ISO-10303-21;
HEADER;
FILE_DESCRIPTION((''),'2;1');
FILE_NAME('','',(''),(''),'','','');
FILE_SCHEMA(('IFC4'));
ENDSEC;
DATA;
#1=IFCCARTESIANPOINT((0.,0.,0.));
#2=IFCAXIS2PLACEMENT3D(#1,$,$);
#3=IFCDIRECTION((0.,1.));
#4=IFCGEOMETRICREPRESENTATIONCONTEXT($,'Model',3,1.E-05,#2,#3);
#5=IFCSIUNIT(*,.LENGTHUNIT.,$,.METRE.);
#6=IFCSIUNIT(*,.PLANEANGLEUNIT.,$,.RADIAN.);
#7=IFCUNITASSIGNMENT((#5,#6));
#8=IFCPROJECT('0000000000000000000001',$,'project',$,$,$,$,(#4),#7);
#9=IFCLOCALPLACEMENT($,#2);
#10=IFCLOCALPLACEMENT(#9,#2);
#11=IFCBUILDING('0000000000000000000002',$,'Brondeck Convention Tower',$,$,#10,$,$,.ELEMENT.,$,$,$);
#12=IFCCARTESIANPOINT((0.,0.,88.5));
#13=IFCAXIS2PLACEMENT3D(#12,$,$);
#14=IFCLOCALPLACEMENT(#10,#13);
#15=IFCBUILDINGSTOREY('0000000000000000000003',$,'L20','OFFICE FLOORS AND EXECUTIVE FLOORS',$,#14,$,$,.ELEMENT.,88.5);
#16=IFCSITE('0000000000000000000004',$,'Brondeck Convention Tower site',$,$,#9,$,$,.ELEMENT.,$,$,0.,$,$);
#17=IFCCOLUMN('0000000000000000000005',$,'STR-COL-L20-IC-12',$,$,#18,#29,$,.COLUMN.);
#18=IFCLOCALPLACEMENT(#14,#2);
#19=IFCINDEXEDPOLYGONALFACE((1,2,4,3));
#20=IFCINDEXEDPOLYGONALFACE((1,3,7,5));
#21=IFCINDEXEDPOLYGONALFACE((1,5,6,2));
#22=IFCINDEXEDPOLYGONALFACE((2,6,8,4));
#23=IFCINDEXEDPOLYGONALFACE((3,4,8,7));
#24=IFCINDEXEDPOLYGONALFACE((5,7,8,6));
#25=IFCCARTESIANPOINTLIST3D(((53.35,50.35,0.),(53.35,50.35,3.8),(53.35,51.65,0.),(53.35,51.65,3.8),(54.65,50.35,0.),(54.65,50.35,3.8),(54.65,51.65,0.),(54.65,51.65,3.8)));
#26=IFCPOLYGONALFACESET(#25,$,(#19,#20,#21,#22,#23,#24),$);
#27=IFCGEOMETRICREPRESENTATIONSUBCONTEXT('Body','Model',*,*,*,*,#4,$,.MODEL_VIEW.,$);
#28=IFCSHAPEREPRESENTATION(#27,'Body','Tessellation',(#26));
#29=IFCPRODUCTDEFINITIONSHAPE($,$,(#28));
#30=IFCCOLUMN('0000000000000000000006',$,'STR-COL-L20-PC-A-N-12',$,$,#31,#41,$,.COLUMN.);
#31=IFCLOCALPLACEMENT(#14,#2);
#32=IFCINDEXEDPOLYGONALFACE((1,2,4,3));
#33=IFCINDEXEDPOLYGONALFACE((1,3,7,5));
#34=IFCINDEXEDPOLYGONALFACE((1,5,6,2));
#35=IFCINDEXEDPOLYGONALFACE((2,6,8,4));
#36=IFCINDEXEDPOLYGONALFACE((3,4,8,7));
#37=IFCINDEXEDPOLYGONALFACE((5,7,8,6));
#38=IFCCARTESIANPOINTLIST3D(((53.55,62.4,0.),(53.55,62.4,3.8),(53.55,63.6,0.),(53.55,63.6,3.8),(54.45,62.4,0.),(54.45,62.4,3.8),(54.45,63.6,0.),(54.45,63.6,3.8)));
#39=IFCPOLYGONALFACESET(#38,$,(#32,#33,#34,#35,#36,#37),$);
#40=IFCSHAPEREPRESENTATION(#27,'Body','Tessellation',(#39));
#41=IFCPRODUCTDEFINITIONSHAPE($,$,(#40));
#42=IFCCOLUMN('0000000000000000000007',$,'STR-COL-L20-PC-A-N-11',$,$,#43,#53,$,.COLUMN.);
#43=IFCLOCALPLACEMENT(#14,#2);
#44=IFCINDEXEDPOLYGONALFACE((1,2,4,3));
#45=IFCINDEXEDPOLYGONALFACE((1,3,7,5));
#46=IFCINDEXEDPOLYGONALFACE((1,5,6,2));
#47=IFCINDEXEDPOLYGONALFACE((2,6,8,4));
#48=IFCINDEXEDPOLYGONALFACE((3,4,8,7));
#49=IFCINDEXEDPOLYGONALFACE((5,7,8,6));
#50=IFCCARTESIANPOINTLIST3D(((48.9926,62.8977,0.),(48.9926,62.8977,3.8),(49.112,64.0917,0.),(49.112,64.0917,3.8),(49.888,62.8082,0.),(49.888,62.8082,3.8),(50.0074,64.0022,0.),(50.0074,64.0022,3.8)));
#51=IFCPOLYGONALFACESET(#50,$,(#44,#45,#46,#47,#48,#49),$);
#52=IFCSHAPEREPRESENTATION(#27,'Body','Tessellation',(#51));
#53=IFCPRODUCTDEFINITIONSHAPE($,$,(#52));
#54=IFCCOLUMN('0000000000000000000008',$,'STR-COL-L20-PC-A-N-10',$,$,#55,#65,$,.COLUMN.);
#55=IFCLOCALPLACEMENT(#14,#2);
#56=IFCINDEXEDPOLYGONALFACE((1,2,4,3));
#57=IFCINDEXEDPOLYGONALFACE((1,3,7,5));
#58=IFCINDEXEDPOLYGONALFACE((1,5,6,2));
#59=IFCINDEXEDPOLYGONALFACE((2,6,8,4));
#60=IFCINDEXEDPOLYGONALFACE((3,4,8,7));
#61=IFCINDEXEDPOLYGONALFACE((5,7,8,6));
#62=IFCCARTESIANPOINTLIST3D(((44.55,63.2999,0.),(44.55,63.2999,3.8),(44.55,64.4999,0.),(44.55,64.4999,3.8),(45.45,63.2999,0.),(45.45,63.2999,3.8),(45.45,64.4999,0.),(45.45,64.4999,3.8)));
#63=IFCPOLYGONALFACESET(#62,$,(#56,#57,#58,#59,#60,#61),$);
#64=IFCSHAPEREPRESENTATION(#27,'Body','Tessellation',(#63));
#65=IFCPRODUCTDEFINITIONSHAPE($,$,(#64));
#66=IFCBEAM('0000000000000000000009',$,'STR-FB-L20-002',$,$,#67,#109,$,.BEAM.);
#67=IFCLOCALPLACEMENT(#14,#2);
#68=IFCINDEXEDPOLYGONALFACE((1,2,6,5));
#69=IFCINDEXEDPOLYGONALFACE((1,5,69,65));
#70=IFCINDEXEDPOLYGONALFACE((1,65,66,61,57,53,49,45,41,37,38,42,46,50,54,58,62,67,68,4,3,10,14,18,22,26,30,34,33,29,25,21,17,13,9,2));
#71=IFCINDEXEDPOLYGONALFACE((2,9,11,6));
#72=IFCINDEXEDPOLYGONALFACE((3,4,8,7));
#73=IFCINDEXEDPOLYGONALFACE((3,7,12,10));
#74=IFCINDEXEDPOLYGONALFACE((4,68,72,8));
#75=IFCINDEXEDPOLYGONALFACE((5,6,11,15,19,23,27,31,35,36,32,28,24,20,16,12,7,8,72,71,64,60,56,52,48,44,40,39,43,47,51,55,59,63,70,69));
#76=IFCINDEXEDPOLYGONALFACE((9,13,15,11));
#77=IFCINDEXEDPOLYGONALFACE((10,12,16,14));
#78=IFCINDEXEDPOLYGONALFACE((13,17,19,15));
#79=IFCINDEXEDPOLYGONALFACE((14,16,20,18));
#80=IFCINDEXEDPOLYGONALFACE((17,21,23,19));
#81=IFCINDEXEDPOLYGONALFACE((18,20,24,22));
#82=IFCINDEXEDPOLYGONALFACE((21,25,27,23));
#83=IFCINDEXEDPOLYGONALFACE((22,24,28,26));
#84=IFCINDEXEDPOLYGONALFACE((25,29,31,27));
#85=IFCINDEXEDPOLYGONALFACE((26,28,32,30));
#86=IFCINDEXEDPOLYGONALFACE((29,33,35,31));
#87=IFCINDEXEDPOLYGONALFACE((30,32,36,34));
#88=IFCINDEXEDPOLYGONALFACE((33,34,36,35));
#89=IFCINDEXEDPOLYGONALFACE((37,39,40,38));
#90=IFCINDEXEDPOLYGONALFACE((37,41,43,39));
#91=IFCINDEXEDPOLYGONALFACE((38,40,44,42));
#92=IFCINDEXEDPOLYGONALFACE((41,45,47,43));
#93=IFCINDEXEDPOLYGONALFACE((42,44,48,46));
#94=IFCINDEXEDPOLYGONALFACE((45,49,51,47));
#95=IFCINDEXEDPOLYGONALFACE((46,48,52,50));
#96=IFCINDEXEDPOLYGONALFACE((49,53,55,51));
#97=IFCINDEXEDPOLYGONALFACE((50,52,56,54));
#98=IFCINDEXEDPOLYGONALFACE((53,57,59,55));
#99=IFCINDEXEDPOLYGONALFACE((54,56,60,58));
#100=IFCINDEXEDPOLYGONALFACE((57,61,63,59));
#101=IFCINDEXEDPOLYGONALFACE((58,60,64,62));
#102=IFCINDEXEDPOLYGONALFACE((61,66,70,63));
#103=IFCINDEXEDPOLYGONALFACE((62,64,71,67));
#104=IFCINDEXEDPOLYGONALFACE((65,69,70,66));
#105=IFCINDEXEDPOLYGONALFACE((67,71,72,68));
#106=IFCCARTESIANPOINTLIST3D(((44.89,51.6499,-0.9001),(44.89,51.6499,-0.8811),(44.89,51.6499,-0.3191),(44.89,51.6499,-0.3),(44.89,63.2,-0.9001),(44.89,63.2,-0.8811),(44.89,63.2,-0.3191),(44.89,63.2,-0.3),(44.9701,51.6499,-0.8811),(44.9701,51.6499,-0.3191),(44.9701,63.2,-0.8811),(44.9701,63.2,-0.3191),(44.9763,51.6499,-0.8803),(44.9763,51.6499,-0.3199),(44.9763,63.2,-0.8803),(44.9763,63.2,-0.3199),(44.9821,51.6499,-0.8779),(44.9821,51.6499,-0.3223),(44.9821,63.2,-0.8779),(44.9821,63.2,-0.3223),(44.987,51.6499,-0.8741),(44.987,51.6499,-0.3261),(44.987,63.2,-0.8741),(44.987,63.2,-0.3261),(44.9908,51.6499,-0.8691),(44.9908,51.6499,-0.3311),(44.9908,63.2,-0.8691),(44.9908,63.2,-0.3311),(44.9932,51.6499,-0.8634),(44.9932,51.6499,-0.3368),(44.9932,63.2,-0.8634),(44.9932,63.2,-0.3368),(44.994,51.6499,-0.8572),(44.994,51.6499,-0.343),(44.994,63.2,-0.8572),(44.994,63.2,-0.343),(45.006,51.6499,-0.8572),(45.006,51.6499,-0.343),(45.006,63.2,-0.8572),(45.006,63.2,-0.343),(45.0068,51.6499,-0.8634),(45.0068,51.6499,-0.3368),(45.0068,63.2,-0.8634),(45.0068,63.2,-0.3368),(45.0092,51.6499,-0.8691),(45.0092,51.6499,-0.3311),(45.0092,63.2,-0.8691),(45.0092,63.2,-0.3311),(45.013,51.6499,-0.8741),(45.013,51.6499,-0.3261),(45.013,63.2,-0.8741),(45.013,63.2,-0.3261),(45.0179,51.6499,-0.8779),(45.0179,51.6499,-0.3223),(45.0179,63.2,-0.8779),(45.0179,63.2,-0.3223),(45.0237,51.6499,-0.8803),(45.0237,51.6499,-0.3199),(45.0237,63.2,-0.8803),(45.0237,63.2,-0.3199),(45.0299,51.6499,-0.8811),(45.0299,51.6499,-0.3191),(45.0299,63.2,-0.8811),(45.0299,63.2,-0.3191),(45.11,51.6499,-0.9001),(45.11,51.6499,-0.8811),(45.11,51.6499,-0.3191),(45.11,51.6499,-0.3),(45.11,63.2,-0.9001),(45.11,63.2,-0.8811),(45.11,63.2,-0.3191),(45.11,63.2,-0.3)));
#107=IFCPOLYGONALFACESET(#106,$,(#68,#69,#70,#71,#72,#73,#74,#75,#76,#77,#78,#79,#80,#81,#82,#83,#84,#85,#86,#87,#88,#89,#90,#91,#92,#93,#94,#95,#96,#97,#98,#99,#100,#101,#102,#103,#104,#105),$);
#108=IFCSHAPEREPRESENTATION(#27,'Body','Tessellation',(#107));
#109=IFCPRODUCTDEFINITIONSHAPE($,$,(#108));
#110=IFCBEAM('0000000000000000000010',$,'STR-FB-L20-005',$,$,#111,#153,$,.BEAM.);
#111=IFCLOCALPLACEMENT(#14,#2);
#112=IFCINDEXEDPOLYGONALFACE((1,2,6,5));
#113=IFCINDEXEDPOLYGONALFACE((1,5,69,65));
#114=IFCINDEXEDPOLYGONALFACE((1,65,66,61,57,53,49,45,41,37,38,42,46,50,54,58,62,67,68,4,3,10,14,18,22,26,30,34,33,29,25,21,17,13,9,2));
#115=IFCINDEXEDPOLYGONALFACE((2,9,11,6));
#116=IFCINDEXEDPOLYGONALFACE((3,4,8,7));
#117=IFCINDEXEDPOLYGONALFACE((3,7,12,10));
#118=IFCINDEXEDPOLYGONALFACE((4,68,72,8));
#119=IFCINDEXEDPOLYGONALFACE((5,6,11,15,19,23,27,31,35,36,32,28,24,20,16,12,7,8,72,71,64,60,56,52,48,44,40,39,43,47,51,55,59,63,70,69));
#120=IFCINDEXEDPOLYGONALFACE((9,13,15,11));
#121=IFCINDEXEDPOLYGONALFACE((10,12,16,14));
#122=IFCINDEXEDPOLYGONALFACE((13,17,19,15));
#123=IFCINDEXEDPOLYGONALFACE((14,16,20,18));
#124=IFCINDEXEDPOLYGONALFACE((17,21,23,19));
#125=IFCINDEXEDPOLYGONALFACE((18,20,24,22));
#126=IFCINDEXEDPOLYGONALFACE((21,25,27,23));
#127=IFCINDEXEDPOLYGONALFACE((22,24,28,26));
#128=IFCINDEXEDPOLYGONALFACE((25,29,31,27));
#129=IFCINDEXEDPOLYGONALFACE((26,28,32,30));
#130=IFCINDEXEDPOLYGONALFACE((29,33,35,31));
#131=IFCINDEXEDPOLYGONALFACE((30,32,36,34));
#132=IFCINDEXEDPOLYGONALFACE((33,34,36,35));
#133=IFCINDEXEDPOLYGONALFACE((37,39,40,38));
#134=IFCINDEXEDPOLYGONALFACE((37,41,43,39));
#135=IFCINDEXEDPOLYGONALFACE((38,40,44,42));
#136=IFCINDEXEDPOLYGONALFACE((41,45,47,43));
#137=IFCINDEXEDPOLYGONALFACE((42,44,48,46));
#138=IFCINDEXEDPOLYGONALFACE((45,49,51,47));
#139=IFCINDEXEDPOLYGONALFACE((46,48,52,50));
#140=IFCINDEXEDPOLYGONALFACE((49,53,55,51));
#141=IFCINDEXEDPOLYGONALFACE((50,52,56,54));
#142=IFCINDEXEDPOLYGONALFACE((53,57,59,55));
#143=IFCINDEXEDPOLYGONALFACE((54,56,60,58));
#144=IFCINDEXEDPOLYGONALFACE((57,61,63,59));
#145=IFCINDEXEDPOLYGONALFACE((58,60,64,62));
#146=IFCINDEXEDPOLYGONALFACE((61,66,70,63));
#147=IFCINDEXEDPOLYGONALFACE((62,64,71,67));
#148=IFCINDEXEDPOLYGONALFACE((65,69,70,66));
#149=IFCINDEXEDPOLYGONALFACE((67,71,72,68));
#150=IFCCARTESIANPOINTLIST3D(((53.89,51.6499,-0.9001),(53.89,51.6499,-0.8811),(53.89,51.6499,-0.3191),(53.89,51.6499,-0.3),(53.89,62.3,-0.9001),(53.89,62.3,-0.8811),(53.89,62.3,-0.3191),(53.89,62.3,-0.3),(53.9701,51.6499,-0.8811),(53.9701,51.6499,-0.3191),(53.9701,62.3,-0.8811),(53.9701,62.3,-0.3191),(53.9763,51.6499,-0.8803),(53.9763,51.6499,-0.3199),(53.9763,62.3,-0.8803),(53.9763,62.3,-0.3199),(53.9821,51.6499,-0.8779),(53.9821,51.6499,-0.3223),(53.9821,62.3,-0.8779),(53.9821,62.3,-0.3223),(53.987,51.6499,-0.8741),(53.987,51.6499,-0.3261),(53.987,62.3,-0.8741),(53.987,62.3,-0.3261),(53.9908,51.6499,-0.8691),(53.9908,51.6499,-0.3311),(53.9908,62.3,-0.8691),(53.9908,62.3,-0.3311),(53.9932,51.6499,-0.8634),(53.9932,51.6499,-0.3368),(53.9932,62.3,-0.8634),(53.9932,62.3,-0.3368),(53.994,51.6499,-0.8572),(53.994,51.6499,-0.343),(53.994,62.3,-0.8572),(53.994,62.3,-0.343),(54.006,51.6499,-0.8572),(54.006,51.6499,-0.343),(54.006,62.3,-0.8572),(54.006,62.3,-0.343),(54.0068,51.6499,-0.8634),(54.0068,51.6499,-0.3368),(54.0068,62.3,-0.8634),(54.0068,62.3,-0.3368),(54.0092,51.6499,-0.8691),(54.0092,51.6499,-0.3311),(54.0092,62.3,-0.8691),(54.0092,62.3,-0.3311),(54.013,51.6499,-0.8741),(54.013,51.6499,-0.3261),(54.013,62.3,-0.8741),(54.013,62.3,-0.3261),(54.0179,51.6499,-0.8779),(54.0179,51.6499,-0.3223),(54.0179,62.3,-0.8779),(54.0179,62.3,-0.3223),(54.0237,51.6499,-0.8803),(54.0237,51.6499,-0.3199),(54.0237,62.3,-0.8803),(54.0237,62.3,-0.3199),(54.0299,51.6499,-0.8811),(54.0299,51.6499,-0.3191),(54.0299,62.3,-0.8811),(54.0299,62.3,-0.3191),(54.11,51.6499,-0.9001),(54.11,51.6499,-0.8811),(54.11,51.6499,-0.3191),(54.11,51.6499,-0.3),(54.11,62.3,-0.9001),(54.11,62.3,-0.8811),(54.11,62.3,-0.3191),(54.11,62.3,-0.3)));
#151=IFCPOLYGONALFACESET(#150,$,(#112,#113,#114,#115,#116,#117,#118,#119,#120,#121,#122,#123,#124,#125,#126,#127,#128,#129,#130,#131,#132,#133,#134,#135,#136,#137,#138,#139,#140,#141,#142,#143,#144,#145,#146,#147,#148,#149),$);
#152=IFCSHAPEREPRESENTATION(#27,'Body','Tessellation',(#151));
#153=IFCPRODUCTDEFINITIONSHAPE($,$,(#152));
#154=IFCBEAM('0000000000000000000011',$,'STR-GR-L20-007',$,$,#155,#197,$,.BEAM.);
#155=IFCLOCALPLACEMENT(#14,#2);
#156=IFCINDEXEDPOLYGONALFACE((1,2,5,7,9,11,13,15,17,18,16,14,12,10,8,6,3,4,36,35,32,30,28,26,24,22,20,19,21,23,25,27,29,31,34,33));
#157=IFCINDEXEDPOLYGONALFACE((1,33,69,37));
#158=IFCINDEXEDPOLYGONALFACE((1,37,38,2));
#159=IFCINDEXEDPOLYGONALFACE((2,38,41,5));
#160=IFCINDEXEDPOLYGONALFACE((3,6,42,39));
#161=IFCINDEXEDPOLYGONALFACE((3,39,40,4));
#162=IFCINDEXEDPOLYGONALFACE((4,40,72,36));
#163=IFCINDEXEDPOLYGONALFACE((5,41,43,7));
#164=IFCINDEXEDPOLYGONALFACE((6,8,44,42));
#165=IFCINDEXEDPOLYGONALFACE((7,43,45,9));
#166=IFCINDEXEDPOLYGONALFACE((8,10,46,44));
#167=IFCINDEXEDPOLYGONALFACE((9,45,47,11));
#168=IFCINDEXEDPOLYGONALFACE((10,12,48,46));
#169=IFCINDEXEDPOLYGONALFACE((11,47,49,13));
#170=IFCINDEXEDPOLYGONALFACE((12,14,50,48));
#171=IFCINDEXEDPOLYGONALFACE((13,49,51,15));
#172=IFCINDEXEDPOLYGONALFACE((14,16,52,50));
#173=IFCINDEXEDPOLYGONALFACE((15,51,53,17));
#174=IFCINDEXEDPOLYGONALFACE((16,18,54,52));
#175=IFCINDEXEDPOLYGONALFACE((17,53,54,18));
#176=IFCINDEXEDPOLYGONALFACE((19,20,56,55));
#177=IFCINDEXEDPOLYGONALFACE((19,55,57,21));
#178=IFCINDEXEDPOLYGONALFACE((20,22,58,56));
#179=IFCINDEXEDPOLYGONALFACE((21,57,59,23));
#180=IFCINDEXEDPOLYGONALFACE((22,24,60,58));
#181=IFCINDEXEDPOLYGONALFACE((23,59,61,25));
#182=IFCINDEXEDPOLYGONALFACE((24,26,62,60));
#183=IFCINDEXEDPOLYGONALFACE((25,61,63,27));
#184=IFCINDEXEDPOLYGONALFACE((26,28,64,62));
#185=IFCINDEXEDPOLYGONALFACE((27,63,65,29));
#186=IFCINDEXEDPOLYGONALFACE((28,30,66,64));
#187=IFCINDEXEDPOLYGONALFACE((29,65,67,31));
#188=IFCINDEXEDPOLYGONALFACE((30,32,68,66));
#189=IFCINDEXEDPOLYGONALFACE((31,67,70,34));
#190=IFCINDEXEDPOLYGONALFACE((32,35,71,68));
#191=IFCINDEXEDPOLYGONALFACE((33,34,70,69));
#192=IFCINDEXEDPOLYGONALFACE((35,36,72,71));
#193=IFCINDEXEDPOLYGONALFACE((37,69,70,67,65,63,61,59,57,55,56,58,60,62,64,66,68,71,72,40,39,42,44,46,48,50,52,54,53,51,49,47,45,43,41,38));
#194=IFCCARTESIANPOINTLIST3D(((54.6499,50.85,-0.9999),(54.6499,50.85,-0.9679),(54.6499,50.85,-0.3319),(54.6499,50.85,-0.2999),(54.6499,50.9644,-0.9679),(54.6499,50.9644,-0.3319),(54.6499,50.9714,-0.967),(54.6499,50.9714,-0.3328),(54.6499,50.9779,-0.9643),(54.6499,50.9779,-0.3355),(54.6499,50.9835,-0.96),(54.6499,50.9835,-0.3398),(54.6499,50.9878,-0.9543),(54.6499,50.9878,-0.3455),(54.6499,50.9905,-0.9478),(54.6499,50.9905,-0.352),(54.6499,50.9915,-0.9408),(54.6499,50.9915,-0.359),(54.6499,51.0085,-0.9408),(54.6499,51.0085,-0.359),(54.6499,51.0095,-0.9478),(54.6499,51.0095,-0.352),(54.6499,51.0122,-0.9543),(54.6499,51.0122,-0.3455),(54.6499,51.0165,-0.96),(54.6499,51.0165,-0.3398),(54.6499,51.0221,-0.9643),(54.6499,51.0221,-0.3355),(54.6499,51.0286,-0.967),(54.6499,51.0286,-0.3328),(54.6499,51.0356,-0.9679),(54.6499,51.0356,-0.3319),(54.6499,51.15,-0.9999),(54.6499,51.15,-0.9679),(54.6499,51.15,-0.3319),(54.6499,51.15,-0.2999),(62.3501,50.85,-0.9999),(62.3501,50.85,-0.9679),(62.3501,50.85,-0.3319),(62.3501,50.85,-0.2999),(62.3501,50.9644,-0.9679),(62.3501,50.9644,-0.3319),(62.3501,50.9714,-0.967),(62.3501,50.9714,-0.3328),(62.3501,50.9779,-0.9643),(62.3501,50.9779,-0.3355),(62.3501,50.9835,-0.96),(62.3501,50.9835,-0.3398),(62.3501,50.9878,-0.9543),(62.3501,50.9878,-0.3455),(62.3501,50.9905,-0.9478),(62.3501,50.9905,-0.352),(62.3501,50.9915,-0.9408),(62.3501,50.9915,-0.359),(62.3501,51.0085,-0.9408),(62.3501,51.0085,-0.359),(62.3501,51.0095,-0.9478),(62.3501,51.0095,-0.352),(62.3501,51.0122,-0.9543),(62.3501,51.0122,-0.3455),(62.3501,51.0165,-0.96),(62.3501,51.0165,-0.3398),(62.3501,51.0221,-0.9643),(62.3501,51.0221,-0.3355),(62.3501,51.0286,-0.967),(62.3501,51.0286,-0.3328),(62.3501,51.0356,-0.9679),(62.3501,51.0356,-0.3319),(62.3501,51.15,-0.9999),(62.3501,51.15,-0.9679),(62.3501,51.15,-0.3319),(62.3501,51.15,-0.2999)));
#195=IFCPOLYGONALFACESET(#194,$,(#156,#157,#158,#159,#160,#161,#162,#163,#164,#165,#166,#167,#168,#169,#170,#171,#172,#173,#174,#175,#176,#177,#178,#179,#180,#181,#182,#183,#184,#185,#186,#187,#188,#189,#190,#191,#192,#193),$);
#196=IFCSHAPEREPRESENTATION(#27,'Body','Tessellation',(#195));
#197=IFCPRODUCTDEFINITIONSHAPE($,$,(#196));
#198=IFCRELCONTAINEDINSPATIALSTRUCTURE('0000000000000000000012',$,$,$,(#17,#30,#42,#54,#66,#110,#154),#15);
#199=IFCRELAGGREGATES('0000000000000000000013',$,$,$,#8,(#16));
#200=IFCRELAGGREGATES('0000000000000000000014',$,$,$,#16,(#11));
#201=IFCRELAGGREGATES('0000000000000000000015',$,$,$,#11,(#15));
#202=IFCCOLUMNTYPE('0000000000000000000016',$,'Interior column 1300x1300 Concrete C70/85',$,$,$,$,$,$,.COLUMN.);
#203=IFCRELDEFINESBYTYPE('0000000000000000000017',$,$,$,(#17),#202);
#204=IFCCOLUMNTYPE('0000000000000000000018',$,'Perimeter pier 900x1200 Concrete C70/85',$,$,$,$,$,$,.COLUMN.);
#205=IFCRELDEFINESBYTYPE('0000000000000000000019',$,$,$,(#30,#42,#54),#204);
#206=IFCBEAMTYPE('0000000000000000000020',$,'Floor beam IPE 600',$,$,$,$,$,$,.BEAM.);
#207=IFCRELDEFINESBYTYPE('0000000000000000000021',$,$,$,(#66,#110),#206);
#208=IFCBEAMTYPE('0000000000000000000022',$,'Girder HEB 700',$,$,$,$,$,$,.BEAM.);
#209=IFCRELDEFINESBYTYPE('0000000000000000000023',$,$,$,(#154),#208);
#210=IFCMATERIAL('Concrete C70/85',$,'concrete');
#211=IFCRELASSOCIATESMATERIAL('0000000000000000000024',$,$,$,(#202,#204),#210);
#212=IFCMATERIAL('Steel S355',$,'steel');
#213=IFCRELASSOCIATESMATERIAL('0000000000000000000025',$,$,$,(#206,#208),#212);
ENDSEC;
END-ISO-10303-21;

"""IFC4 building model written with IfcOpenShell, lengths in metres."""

from ifc_helpers import new_model, si_unit, direction, frame, origin, origin_2d, place, context, subcontext, project, spatial, rectangle, i_section, extrude, material, material_profile, profile_set, type_object, element, save


model = new_model("IFC4")

# Units and contexts
model_context = context("Model", 3, precision=1e-05, world=origin(), true_north=direction((0.0, 1.0)))
body_context = subcontext(model_context, "Body", "Model", "MODEL_VIEW")
ifc_project = project(units=[si_unit("LENGTHUNIT", "METRE"), si_unit("PLANEANGLEUNIT", "RADIAN")], contexts=[model_context])

# Site, building, storey
site_placement = place(None, origin())
site = spatial("IfcSite", under=ifc_project, at=site_placement, Name="Brondeck Convention Tower site", CompositionType="ELEMENT", RefElevation=0.0)
building_placement = place(site_placement, origin())
building = spatial("IfcBuilding", under=site, at=building_placement, Name="Brondeck Convention Tower", CompositionType="ELEMENT")
storey_placement = place(building_placement, frame((0.0, 0.0, 88.5)))
storey = spatial("IfcBuildingStorey", under=building, at=storey_placement, Name="L20", Description="OFFICE FLOORS AND EXECUTIVE FLOORS", CompositionType="ELEMENT", Elevation=88.5)

# Columns
ifc_material_1 = material(Name="Concrete C70/85", Category="concrete")
ifc_material_profile_1 = material_profile(ifc_material_1, rectangle(XDim=1.3, YDim=1.3, at=origin_2d()), Name="Interior column 1300x1300 Concrete C70/85")
ifc_profile_set_1 = profile_set([ifc_material_profile_1], Name="Concrete C70/85")
column_type_1 = type_object("IfcColumnType", Name="Interior column 1300x1300 Concrete C70/85", PredefinedType="COLUMN", material=ifc_profile_set_1)
column_placement = place(storey_placement, frame((54.0, 51.0, 0.0), z_axis=(0.0, 0.0, 1.0), x_axis=(1.0, 0.0, 0.0)))
element("IfcColumn", 1, at=column_placement, inside=storey, type_object=column_type_1, Name="STR-COL-L20-IC-12", PredefinedType="COLUMN", context=body_context, shape_type="SweptSolid", body=[
    extrude(rectangle(XDim=1.3, YDim=1.3, at=origin_2d()), origin(), (0.0, 0.0, 1.0), 3.8),
])
ifc_material_profile_2 = material_profile(ifc_material_1, rectangle(XDim=0.8999, YDim=1.2, at=origin_2d()), Name="Perimeter pier 900x1200 Concrete C70/85")
ifc_profile_set_2 = profile_set([ifc_material_profile_2], Name="Concrete C70/85")
column_type_2 = type_object("IfcColumnType", Name="Perimeter pier 900x1200 Concrete C70/85", PredefinedType="COLUMN", material=ifc_profile_set_2)
for number, where, z_axis, x_axis, name in (
    (2, (54.0, 63.0, 0.0), (0.0, 0.0, 1.0), (-1.0, 0.0, 0.0), "STR-COL-L20-PC-A-N-12"),
    (3, (49.5, 63.45, 0.0), (0.0, 0.0, 1.0), (-0.995037, 0.099504, 0.0), "STR-COL-L20-PC-A-N-11"),
    (4, (45.0, 63.8999, 0.0), (0.0, 0.0, 1.0), (-1.0, 0.0, 0.0), "STR-COL-L20-PC-A-N-10"),
):
    element("IfcColumn", number, at=place(storey_placement, frame(where, z_axis=z_axis, x_axis=x_axis)), inside=storey, type_object=column_type_2, Name=name, PredefinedType="COLUMN", context=body_context, shape_type="SweptSolid", body=[
        extrude(rectangle(XDim=0.8999, YDim=1.2, at=origin_2d()), origin(), (0.0, 0.0, 1.0), 3.8),
    ])

# Beams
ifc_material_2 = material(Name="Steel S355", Category="steel")
ifc_material_profile_3 = material_profile(ifc_material_2, i_section(OverallWidth=0.22, OverallDepth=0.6001, WebThickness=0.012, FlangeThickness=0.019, FilletRadius=0.0239, at=origin_2d()), Name="IPE 600")
ifc_profile_set_3 = profile_set([ifc_material_profile_3], Name="Steel S355")
beam_type_1 = type_object("IfcBeamType", Name="Floor beam IPE 600", PredefinedType="BEAM", material=ifc_profile_set_3)
beam_1_placement = place(storey_placement, frame((45.0, 51.6499, -0.6001), z_axis=(0.0, 1.0, 0.0), x_axis=(-1.0, 0.0, 0.0)))
element("IfcBeam", 5, at=beam_1_placement, inside=storey, type_object=beam_type_1, Name="STR-FB-L20-002", PredefinedType="BEAM", context=body_context, shape_type="SweptSolid", body=[
    extrude(i_section(OverallWidth=0.22, OverallDepth=0.6001, WebThickness=0.012, FlangeThickness=0.019, FilletRadius=0.0239, at=origin_2d()), origin(), (0.0, 0.0, 1.0), 11.55),
])
beam_2_placement = place(storey_placement, frame((54.0, 51.6499, -0.6001), z_axis=(0.0, 1.0, 0.0), x_axis=(-1.0, 0.0, 0.0)))
element("IfcBeam", 6, at=beam_2_placement, inside=storey, type_object=beam_type_1, Name="STR-FB-L20-005", PredefinedType="BEAM", context=body_context, shape_type="SweptSolid", body=[
    extrude(i_section(OverallWidth=0.22, OverallDepth=0.6001, WebThickness=0.012, FlangeThickness=0.019, FilletRadius=0.0239, at=origin_2d()), origin(), (0.0, 0.0, 1.0), 10.6501),
])
ifc_material_profile_4 = material_profile(ifc_material_2, i_section(OverallWidth=0.3, OverallDepth=0.7, WebThickness=0.0171, FlangeThickness=0.032, FilletRadius=0.0271, at=origin_2d()), Name="HEB 700")
ifc_profile_set_4 = profile_set([ifc_material_profile_4], Name="Steel S355")
beam_type_2 = type_object("IfcBeamType", Name="Girder HEB 700", PredefinedType="BEAM", material=ifc_profile_set_4)
beam_3_placement = place(storey_placement, frame((54.6499, 51.0, -0.6499), z_axis=(1.0, 0.0, 0.0), x_axis=(0.0, 1.0, 0.0)))
element("IfcBeam", 7, at=beam_3_placement, inside=storey, type_object=beam_type_2, Name="STR-GR-L20-007", PredefinedType="BEAM", context=body_context, shape_type="SweptSolid", body=[
    extrude(i_section(OverallWidth=0.3, OverallDepth=0.7, WebThickness=0.0171, FlangeThickness=0.032, FilletRadius=0.0271, at=origin_2d()), origin(), (0.0, 0.0, 1.0), 7.7002),
])

save(model, "model.ifc")
